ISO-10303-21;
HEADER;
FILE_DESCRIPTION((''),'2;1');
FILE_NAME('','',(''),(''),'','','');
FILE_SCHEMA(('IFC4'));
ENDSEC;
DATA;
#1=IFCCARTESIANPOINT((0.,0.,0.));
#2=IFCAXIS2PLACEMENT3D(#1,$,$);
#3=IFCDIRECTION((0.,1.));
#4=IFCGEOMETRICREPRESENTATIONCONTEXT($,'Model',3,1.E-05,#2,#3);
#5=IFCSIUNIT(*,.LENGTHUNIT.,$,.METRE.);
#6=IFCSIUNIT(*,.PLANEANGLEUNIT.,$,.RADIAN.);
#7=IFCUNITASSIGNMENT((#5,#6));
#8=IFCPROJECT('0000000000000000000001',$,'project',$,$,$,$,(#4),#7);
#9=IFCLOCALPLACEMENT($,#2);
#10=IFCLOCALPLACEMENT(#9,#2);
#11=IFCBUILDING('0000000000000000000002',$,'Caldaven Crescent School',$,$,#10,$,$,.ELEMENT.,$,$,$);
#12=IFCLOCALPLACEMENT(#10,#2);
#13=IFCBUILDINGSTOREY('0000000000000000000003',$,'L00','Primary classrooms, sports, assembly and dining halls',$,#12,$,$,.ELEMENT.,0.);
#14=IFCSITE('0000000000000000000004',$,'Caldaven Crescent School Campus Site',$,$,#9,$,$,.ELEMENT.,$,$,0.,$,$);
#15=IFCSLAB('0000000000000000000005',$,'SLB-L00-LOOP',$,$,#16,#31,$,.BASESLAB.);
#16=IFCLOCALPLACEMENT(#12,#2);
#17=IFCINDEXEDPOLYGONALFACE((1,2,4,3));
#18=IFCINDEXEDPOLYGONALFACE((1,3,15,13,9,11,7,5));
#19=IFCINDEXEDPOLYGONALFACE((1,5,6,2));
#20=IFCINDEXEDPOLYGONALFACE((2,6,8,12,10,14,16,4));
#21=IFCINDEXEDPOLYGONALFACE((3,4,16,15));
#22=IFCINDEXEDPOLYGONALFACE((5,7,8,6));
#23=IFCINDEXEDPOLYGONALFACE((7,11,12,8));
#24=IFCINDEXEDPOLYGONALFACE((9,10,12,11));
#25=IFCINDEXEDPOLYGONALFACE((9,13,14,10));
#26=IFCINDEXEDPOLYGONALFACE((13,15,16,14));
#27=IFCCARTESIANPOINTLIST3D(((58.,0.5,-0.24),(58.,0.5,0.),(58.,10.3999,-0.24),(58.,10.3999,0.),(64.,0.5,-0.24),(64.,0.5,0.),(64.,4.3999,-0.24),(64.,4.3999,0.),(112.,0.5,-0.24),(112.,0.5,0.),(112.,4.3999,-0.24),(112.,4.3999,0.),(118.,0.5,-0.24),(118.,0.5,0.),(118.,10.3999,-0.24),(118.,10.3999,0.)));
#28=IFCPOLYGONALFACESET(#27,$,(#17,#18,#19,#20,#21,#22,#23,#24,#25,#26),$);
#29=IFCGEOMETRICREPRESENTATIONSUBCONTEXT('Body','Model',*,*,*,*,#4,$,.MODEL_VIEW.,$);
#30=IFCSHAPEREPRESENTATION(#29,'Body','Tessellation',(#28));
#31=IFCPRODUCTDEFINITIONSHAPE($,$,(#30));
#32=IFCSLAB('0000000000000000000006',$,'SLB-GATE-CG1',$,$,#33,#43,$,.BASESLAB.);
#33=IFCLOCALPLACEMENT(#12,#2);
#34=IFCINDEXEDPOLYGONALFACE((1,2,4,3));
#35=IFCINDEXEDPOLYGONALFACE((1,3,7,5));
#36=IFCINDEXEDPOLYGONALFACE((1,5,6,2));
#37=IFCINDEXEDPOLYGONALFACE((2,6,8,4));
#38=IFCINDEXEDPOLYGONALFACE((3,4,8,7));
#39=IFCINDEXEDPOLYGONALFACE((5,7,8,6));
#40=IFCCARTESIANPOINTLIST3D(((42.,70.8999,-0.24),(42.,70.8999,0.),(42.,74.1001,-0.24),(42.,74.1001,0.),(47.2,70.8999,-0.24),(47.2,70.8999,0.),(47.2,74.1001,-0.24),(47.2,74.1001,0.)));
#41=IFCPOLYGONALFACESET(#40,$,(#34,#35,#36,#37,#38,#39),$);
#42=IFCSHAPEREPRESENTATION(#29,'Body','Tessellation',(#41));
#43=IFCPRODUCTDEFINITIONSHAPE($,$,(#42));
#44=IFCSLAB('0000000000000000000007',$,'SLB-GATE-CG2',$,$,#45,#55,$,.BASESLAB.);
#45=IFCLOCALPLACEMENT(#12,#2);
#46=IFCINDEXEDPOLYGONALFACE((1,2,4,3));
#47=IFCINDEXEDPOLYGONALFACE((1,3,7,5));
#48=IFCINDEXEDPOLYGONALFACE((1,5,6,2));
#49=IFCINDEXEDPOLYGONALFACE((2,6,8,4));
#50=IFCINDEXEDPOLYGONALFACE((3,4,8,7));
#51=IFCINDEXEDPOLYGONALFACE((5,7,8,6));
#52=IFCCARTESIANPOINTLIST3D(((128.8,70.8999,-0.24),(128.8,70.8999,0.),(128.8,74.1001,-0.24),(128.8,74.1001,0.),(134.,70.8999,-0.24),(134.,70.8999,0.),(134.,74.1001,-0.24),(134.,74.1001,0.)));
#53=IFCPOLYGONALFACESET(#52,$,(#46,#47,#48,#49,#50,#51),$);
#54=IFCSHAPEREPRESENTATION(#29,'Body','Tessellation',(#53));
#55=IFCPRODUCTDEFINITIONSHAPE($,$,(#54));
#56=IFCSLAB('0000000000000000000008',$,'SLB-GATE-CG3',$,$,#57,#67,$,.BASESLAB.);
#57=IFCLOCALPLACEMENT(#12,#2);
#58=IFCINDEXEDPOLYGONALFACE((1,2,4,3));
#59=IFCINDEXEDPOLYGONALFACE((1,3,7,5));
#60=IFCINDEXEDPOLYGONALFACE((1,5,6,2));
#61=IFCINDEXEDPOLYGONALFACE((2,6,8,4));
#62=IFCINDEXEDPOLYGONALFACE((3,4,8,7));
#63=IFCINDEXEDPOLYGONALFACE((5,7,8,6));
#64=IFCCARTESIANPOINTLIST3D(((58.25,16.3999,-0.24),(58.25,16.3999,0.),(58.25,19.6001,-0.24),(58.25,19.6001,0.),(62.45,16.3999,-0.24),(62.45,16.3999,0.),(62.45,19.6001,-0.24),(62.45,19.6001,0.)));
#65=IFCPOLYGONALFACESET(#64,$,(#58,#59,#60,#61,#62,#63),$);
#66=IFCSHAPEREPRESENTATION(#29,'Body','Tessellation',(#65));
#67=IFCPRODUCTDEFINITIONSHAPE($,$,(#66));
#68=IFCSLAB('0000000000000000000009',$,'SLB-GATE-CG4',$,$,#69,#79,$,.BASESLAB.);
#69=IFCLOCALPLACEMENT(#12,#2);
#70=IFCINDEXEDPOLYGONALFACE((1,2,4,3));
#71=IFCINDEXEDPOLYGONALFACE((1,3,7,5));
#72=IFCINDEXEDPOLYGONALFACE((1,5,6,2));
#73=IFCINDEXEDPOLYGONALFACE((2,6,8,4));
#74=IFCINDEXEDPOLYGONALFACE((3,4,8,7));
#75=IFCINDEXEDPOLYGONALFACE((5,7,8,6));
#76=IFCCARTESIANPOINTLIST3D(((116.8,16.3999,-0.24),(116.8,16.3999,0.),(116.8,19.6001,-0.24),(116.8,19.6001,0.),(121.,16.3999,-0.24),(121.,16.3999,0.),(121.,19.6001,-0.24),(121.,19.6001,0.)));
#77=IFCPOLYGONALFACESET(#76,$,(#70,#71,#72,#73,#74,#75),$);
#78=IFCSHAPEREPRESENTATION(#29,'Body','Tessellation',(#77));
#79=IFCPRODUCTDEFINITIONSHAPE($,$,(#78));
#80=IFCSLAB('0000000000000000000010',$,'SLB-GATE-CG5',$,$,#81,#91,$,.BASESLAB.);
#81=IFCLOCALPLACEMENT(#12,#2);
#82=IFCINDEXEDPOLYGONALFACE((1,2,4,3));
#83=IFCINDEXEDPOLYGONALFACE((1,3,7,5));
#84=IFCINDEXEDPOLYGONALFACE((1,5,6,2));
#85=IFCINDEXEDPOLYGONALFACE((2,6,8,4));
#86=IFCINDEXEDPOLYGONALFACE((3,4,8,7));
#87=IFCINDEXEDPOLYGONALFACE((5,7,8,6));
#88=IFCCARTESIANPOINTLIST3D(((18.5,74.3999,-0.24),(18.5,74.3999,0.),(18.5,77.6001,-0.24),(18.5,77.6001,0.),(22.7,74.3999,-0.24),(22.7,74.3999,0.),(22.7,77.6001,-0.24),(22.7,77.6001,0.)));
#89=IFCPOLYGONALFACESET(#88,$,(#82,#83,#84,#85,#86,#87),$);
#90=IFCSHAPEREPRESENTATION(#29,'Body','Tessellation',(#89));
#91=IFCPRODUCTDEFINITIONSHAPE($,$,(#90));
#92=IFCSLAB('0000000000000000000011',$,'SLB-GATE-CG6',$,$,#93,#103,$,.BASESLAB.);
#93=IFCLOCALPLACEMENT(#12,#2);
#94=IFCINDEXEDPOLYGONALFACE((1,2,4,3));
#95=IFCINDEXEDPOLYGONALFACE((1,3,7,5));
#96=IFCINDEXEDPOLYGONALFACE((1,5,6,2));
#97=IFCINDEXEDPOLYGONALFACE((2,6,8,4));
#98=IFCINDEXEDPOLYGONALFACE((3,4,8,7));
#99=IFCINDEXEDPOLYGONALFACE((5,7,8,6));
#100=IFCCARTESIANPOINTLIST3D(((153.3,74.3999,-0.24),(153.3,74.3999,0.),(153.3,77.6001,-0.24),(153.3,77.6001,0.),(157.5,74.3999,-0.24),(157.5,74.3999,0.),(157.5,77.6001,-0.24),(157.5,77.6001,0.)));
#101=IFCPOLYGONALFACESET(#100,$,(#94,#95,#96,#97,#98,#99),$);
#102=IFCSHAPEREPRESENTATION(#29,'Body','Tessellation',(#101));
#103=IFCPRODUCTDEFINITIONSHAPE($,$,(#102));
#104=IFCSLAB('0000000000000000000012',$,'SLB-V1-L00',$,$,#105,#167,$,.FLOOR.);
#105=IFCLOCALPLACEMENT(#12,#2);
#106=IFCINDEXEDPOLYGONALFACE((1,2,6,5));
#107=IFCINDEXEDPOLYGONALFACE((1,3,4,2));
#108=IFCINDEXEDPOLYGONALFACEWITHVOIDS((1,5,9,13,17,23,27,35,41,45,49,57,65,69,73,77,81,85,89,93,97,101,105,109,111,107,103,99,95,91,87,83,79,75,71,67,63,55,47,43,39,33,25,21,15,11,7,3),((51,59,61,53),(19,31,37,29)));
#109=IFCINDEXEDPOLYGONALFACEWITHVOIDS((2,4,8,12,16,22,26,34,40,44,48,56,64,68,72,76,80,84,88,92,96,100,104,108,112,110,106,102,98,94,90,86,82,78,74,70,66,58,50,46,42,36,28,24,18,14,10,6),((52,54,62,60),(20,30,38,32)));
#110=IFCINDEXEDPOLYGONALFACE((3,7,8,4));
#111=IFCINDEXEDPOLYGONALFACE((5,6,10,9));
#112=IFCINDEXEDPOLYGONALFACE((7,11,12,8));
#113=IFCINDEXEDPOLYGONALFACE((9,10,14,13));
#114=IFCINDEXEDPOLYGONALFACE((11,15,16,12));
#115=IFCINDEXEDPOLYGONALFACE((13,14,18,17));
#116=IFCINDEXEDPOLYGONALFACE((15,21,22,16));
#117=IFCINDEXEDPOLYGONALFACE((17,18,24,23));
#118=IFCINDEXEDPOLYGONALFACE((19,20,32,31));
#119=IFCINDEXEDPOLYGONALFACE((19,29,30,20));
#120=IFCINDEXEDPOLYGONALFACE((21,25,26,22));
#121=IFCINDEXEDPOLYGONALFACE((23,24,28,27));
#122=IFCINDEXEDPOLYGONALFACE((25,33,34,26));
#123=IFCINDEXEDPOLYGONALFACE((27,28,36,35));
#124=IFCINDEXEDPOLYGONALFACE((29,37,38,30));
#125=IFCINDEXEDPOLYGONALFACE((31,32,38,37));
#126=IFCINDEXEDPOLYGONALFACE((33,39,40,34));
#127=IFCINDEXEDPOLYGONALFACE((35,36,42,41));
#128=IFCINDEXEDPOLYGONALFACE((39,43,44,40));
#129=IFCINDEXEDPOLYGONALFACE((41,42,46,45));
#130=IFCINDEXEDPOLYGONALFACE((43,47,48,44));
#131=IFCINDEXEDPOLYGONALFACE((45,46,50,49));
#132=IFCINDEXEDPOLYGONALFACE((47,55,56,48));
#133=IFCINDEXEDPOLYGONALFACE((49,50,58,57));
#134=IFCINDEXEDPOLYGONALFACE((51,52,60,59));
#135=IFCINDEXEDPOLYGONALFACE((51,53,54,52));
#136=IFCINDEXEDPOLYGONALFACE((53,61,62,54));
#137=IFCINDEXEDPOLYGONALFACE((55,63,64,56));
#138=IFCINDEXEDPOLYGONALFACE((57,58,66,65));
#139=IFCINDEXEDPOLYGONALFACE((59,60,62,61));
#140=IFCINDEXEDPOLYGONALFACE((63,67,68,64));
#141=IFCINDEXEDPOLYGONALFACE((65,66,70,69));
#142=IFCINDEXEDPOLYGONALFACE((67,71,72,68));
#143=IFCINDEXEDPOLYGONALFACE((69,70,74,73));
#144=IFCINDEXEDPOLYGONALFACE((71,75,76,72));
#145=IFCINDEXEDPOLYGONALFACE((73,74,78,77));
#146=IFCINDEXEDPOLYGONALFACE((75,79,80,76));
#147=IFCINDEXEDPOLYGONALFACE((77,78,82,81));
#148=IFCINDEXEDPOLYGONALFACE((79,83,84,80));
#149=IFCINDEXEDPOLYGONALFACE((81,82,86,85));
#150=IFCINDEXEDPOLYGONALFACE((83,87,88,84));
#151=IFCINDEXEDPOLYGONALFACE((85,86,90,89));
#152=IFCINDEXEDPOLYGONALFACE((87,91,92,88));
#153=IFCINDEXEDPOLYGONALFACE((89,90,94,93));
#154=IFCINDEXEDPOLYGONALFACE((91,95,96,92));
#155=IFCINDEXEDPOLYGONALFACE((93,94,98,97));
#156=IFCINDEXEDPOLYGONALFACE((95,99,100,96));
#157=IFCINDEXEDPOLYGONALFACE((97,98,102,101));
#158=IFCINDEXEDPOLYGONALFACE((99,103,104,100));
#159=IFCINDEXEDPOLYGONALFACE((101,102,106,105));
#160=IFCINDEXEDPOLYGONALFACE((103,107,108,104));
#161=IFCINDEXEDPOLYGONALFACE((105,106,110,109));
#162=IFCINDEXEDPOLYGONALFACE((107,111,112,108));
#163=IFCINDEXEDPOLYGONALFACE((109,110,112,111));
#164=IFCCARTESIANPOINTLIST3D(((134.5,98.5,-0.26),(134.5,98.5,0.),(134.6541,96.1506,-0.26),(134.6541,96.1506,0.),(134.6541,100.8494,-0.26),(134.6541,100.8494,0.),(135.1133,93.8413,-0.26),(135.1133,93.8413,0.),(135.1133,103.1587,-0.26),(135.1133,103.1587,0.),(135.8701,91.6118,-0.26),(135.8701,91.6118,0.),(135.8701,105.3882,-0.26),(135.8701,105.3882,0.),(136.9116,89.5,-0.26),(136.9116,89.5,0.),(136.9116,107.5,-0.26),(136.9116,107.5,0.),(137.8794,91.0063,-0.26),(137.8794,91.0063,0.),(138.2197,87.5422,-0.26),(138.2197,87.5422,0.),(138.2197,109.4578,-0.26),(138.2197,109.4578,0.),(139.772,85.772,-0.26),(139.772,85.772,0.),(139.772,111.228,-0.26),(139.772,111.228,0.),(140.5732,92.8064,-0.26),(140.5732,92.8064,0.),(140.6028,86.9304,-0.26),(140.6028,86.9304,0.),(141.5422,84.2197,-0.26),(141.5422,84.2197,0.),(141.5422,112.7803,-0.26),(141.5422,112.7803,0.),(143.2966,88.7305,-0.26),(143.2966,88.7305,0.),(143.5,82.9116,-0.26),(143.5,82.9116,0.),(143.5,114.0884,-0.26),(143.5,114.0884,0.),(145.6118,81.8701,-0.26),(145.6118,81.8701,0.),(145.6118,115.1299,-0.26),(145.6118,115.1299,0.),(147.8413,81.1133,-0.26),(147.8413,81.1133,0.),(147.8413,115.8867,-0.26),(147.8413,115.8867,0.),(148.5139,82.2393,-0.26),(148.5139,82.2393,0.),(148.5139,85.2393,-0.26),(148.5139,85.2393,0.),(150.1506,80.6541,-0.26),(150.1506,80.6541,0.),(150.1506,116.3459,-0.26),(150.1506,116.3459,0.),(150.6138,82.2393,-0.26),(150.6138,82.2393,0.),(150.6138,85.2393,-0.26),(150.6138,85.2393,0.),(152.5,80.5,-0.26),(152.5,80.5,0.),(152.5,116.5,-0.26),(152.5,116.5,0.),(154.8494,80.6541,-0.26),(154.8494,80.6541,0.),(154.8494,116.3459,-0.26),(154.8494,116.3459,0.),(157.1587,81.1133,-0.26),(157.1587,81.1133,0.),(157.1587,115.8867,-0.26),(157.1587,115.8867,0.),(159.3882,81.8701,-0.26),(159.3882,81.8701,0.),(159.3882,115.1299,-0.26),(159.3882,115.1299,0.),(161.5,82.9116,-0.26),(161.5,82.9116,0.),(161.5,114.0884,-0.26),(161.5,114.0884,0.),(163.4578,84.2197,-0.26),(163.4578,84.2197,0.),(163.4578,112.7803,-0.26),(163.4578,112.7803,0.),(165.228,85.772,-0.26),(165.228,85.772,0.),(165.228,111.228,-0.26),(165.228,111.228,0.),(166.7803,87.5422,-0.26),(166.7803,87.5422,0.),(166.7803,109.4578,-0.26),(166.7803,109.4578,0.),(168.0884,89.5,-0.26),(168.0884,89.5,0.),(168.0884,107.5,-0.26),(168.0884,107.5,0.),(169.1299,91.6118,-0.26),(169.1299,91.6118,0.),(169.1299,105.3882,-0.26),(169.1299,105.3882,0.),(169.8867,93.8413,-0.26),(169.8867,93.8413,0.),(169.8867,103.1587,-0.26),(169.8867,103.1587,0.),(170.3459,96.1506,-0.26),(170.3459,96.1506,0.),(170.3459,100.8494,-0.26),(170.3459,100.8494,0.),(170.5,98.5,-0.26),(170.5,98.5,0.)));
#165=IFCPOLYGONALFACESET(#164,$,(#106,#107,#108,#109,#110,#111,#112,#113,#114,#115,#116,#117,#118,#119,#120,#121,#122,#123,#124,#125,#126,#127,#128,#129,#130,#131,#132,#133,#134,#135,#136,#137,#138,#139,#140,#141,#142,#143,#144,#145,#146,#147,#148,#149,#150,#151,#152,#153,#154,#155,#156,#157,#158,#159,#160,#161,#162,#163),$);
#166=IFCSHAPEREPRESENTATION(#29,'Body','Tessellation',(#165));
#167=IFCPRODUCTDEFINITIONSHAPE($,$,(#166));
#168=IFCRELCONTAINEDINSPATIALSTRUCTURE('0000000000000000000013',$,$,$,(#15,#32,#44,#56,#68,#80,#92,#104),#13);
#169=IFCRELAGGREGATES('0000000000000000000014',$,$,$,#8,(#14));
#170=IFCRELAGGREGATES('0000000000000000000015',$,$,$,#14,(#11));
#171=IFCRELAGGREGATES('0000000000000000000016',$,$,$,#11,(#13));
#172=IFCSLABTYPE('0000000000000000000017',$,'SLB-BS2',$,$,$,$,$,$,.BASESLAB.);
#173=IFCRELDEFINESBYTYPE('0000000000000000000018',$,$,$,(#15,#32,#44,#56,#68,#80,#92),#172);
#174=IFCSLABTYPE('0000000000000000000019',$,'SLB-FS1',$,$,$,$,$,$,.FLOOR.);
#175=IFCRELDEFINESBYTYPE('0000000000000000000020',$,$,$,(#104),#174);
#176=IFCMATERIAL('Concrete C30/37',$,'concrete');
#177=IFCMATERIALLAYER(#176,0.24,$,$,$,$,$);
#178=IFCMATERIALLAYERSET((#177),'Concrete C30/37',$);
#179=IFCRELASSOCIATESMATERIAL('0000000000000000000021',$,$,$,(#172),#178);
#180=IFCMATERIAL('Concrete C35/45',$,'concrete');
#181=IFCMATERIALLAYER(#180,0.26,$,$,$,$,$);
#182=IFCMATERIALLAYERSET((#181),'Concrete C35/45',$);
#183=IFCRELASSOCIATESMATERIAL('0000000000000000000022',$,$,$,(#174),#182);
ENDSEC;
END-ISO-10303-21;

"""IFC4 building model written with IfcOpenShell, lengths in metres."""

from ifc_helpers import new_model, si_unit, direction, frame, origin, place, context, subcontext, project, spatial, polyline, outline, extrude, material, layer, layer_set, type_object, element, save


model = new_model("IFC4")

# Units and contexts
model_context = context("Model", 3, precision=1e-05, world=origin(), true_north=direction((0.0, 1.0)))
body_context = subcontext(model_context, "Body", "Model", "MODEL_VIEW")
ifc_project = project(units=[si_unit("LENGTHUNIT", "METRE"), si_unit("PLANEANGLEUNIT", "RADIAN")], contexts=[model_context])

# Site, building, storey
site_placement = place(None, origin())
site = spatial("IfcSite", under=ifc_project, at=site_placement, Name="Caldaven Crescent School Campus Site", CompositionType="ELEMENT", RefElevation=0.0)
building_placement = place(site_placement, origin())
building = spatial("IfcBuilding", under=site, at=building_placement, Name="Caldaven Crescent School", CompositionType="ELEMENT")
storey_placement = place(building_placement, origin())
storey = spatial("IfcBuildingStorey", under=building, at=storey_placement, Name="L00", Description="Primary classrooms, sports, assembly and dining halls", CompositionType="ELEMENT", Elevation=0.0)

# Slabs
ifc_material_1 = material(Name="Concrete C30/37", Category="concrete")
ifc_layer_1 = layer(ifc_material_1, 0.24)
ifc_layer_set_1 = layer_set([ifc_layer_1], Name="Concrete C30/37")
slab_type_1 = type_object("IfcSlabType", Name="SLB-BS2", PredefinedType="BASESLAB", material=ifc_layer_set_1)
slab_1_placement = place(storey_placement, frame((0.0, 0.0, -0.24)))
element("IfcSlab", 1, at=slab_1_placement, inside=storey, type_object=slab_type_1, Name="SLB-L00-LOOP", PredefinedType="BASESLAB", context=body_context, shape_type="SweptSolid", body=[
    extrude(outline(polyline([(58.0, 0.5), (64.0, 0.5), (64.0, 4.3999), (112.0, 4.3999), (112.0, 0.5), (118.0, 0.5), (118.0, 10.3999), (58.0, 10.3999), (58.0, 0.5)])), origin(), (0.0, 0.0, 1.0), 0.24),
])
slab_2_placement = place(storey_placement, frame((0.0, 0.0, -0.24)))
element("IfcSlab", 2, at=slab_2_placement, inside=storey, type_object=slab_type_1, Name="SLB-GATE-CG1", PredefinedType="BASESLAB", context=body_context, shape_type="SweptSolid", body=[
    extrude(outline(polyline([(42.0, 70.8999), (47.2, 70.8999), (47.2, 74.1001), (42.0, 74.1001), (42.0, 70.8999)])), origin(), (0.0, 0.0, 1.0), 0.24),
])
slab_3_placement = place(storey_placement, frame((0.0, 0.0, -0.24)))
element("IfcSlab", 3, at=slab_3_placement, inside=storey, type_object=slab_type_1, Name="SLB-GATE-CG2", PredefinedType="BASESLAB", context=body_context, shape_type="SweptSolid", body=[
    extrude(outline(polyline([(128.8, 70.8999), (134.0, 70.8999), (134.0, 74.1001), (128.8, 74.1001), (128.8, 70.8999)])), origin(), (0.0, 0.0, 1.0), 0.24),
])
slab_4_placement = place(storey_placement, frame((0.0, 0.0, -0.24)))
element("IfcSlab", 4, at=slab_4_placement, inside=storey, type_object=slab_type_1, Name="SLB-GATE-CG3", PredefinedType="BASESLAB", context=body_context, shape_type="SweptSolid", body=[
    extrude(outline(polyline([(58.25, 16.3999), (62.45, 16.3999), (62.45, 19.6001), (58.25, 19.6001), (58.25, 16.3999)])), origin(), (0.0, 0.0, 1.0), 0.24),
])
slab_5_placement = place(storey_placement, frame((0.0, 0.0, -0.24)))
element("IfcSlab", 5, at=slab_5_placement, inside=storey, type_object=slab_type_1, Name="SLB-GATE-CG4", PredefinedType="BASESLAB", context=body_context, shape_type="SweptSolid", body=[
    extrude(outline(polyline([(116.8, 16.3999), (121.0, 16.3999), (121.0, 19.6001), (116.8, 19.6001), (116.8, 16.3999)])), origin(), (0.0, 0.0, 1.0), 0.24),
])
slab_6_placement = place(storey_placement, frame((0.0, 0.0, -0.24)))
element("IfcSlab", 6, at=slab_6_placement, inside=storey, type_object=slab_type_1, Name="SLB-GATE-CG5", PredefinedType="BASESLAB", context=body_context, shape_type="SweptSolid", body=[
    extrude(outline(polyline([(18.5, 74.3999), (22.7, 74.3999), (22.7, 77.6001), (18.5, 77.6001), (18.5, 74.3999)])), origin(), (0.0, 0.0, 1.0), 0.24),
])
slab_7_placement = place(storey_placement, frame((0.0, 0.0, -0.24)))
element("IfcSlab", 7, at=slab_7_placement, inside=storey, type_object=slab_type_1, Name="SLB-GATE-CG6", PredefinedType="BASESLAB", context=body_context, shape_type="SweptSolid", body=[
    extrude(outline(polyline([(153.3, 74.3999), (157.5, 74.3999), (157.5, 77.6001), (153.3, 77.6001), (153.3, 74.3999)])), origin(), (0.0, 0.0, 1.0), 0.24),
])
ifc_material_2 = material(Name="Concrete C35/45", Category="concrete")
ifc_layer_2 = layer(ifc_material_2, 0.26)
ifc_layer_set_2 = layer_set([ifc_layer_2], Name="Concrete C35/45")
slab_type_2 = type_object("IfcSlabType", Name="SLB-FS1", PredefinedType="FLOOR", material=ifc_layer_set_2)
slab_8_placement = place(storey_placement, frame((0.0, 0.0, -0.26)))
element("IfcSlab", 8, at=slab_8_placement, inside=storey, type_object=slab_type_2, Name="SLB-V1-L00", PredefinedType="FLOOR", context=body_context, shape_type="SweptSolid", body=[
    extrude(outline(polyline([(170.5, 98.5), (170.3459, 100.8494), (169.8867, 103.1587), (169.1299, 105.3882), (168.0884, 107.5), (166.7803, 109.4578), (165.228, 111.228), (163.4578, 112.7803), (161.5, 114.0884), (159.3882, 115.1299), (157.1587, 115.8867), (154.8494, 116.3459), (152.5, 116.5), (150.1506, 116.3459), (147.8413, 115.8867), (145.6118, 115.1299), (143.5, 114.0884), (141.5422, 112.7803), (139.772, 111.228), (138.2197, 109.4578), (136.9116, 107.5), (135.8701, 105.3882), (135.1133, 103.1587), (134.6541, 100.8494), (134.5, 98.5), (134.6541, 96.1506), (135.1133, 93.8413), (135.8701, 91.6118), (136.9116, 89.5), (138.2197, 87.5422), (139.772, 85.772), (141.5422, 84.2197), (143.5, 82.9116), (145.6118, 81.8701), (147.8413, 81.1133), (150.1506, 80.6541), (152.5, 80.5), (154.8494, 80.6541), (157.1587, 81.1133), (159.3882, 81.8701), (161.5, 82.9116), (163.4578, 84.2197), (165.228, 85.772), (166.7803, 87.5422), (168.0884, 89.5), (169.1299, 91.6118), (169.8867, 93.8413), (170.3459, 96.1506), (170.5, 98.5)]), holes=[polyline([(148.5139, 82.2393), (148.5139, 85.2393), (150.6138, 85.2393), (150.6138, 82.2393), (148.5139, 82.2393)]), polyline([(137.8794, 91.0063), (140.5732, 92.8064), (143.2966, 88.7305), (140.6028, 86.9304), (137.8794, 91.0063)])]), origin(), (0.0, 0.0, 1.0), 0.26),
])

save(model, "model.ifc")
